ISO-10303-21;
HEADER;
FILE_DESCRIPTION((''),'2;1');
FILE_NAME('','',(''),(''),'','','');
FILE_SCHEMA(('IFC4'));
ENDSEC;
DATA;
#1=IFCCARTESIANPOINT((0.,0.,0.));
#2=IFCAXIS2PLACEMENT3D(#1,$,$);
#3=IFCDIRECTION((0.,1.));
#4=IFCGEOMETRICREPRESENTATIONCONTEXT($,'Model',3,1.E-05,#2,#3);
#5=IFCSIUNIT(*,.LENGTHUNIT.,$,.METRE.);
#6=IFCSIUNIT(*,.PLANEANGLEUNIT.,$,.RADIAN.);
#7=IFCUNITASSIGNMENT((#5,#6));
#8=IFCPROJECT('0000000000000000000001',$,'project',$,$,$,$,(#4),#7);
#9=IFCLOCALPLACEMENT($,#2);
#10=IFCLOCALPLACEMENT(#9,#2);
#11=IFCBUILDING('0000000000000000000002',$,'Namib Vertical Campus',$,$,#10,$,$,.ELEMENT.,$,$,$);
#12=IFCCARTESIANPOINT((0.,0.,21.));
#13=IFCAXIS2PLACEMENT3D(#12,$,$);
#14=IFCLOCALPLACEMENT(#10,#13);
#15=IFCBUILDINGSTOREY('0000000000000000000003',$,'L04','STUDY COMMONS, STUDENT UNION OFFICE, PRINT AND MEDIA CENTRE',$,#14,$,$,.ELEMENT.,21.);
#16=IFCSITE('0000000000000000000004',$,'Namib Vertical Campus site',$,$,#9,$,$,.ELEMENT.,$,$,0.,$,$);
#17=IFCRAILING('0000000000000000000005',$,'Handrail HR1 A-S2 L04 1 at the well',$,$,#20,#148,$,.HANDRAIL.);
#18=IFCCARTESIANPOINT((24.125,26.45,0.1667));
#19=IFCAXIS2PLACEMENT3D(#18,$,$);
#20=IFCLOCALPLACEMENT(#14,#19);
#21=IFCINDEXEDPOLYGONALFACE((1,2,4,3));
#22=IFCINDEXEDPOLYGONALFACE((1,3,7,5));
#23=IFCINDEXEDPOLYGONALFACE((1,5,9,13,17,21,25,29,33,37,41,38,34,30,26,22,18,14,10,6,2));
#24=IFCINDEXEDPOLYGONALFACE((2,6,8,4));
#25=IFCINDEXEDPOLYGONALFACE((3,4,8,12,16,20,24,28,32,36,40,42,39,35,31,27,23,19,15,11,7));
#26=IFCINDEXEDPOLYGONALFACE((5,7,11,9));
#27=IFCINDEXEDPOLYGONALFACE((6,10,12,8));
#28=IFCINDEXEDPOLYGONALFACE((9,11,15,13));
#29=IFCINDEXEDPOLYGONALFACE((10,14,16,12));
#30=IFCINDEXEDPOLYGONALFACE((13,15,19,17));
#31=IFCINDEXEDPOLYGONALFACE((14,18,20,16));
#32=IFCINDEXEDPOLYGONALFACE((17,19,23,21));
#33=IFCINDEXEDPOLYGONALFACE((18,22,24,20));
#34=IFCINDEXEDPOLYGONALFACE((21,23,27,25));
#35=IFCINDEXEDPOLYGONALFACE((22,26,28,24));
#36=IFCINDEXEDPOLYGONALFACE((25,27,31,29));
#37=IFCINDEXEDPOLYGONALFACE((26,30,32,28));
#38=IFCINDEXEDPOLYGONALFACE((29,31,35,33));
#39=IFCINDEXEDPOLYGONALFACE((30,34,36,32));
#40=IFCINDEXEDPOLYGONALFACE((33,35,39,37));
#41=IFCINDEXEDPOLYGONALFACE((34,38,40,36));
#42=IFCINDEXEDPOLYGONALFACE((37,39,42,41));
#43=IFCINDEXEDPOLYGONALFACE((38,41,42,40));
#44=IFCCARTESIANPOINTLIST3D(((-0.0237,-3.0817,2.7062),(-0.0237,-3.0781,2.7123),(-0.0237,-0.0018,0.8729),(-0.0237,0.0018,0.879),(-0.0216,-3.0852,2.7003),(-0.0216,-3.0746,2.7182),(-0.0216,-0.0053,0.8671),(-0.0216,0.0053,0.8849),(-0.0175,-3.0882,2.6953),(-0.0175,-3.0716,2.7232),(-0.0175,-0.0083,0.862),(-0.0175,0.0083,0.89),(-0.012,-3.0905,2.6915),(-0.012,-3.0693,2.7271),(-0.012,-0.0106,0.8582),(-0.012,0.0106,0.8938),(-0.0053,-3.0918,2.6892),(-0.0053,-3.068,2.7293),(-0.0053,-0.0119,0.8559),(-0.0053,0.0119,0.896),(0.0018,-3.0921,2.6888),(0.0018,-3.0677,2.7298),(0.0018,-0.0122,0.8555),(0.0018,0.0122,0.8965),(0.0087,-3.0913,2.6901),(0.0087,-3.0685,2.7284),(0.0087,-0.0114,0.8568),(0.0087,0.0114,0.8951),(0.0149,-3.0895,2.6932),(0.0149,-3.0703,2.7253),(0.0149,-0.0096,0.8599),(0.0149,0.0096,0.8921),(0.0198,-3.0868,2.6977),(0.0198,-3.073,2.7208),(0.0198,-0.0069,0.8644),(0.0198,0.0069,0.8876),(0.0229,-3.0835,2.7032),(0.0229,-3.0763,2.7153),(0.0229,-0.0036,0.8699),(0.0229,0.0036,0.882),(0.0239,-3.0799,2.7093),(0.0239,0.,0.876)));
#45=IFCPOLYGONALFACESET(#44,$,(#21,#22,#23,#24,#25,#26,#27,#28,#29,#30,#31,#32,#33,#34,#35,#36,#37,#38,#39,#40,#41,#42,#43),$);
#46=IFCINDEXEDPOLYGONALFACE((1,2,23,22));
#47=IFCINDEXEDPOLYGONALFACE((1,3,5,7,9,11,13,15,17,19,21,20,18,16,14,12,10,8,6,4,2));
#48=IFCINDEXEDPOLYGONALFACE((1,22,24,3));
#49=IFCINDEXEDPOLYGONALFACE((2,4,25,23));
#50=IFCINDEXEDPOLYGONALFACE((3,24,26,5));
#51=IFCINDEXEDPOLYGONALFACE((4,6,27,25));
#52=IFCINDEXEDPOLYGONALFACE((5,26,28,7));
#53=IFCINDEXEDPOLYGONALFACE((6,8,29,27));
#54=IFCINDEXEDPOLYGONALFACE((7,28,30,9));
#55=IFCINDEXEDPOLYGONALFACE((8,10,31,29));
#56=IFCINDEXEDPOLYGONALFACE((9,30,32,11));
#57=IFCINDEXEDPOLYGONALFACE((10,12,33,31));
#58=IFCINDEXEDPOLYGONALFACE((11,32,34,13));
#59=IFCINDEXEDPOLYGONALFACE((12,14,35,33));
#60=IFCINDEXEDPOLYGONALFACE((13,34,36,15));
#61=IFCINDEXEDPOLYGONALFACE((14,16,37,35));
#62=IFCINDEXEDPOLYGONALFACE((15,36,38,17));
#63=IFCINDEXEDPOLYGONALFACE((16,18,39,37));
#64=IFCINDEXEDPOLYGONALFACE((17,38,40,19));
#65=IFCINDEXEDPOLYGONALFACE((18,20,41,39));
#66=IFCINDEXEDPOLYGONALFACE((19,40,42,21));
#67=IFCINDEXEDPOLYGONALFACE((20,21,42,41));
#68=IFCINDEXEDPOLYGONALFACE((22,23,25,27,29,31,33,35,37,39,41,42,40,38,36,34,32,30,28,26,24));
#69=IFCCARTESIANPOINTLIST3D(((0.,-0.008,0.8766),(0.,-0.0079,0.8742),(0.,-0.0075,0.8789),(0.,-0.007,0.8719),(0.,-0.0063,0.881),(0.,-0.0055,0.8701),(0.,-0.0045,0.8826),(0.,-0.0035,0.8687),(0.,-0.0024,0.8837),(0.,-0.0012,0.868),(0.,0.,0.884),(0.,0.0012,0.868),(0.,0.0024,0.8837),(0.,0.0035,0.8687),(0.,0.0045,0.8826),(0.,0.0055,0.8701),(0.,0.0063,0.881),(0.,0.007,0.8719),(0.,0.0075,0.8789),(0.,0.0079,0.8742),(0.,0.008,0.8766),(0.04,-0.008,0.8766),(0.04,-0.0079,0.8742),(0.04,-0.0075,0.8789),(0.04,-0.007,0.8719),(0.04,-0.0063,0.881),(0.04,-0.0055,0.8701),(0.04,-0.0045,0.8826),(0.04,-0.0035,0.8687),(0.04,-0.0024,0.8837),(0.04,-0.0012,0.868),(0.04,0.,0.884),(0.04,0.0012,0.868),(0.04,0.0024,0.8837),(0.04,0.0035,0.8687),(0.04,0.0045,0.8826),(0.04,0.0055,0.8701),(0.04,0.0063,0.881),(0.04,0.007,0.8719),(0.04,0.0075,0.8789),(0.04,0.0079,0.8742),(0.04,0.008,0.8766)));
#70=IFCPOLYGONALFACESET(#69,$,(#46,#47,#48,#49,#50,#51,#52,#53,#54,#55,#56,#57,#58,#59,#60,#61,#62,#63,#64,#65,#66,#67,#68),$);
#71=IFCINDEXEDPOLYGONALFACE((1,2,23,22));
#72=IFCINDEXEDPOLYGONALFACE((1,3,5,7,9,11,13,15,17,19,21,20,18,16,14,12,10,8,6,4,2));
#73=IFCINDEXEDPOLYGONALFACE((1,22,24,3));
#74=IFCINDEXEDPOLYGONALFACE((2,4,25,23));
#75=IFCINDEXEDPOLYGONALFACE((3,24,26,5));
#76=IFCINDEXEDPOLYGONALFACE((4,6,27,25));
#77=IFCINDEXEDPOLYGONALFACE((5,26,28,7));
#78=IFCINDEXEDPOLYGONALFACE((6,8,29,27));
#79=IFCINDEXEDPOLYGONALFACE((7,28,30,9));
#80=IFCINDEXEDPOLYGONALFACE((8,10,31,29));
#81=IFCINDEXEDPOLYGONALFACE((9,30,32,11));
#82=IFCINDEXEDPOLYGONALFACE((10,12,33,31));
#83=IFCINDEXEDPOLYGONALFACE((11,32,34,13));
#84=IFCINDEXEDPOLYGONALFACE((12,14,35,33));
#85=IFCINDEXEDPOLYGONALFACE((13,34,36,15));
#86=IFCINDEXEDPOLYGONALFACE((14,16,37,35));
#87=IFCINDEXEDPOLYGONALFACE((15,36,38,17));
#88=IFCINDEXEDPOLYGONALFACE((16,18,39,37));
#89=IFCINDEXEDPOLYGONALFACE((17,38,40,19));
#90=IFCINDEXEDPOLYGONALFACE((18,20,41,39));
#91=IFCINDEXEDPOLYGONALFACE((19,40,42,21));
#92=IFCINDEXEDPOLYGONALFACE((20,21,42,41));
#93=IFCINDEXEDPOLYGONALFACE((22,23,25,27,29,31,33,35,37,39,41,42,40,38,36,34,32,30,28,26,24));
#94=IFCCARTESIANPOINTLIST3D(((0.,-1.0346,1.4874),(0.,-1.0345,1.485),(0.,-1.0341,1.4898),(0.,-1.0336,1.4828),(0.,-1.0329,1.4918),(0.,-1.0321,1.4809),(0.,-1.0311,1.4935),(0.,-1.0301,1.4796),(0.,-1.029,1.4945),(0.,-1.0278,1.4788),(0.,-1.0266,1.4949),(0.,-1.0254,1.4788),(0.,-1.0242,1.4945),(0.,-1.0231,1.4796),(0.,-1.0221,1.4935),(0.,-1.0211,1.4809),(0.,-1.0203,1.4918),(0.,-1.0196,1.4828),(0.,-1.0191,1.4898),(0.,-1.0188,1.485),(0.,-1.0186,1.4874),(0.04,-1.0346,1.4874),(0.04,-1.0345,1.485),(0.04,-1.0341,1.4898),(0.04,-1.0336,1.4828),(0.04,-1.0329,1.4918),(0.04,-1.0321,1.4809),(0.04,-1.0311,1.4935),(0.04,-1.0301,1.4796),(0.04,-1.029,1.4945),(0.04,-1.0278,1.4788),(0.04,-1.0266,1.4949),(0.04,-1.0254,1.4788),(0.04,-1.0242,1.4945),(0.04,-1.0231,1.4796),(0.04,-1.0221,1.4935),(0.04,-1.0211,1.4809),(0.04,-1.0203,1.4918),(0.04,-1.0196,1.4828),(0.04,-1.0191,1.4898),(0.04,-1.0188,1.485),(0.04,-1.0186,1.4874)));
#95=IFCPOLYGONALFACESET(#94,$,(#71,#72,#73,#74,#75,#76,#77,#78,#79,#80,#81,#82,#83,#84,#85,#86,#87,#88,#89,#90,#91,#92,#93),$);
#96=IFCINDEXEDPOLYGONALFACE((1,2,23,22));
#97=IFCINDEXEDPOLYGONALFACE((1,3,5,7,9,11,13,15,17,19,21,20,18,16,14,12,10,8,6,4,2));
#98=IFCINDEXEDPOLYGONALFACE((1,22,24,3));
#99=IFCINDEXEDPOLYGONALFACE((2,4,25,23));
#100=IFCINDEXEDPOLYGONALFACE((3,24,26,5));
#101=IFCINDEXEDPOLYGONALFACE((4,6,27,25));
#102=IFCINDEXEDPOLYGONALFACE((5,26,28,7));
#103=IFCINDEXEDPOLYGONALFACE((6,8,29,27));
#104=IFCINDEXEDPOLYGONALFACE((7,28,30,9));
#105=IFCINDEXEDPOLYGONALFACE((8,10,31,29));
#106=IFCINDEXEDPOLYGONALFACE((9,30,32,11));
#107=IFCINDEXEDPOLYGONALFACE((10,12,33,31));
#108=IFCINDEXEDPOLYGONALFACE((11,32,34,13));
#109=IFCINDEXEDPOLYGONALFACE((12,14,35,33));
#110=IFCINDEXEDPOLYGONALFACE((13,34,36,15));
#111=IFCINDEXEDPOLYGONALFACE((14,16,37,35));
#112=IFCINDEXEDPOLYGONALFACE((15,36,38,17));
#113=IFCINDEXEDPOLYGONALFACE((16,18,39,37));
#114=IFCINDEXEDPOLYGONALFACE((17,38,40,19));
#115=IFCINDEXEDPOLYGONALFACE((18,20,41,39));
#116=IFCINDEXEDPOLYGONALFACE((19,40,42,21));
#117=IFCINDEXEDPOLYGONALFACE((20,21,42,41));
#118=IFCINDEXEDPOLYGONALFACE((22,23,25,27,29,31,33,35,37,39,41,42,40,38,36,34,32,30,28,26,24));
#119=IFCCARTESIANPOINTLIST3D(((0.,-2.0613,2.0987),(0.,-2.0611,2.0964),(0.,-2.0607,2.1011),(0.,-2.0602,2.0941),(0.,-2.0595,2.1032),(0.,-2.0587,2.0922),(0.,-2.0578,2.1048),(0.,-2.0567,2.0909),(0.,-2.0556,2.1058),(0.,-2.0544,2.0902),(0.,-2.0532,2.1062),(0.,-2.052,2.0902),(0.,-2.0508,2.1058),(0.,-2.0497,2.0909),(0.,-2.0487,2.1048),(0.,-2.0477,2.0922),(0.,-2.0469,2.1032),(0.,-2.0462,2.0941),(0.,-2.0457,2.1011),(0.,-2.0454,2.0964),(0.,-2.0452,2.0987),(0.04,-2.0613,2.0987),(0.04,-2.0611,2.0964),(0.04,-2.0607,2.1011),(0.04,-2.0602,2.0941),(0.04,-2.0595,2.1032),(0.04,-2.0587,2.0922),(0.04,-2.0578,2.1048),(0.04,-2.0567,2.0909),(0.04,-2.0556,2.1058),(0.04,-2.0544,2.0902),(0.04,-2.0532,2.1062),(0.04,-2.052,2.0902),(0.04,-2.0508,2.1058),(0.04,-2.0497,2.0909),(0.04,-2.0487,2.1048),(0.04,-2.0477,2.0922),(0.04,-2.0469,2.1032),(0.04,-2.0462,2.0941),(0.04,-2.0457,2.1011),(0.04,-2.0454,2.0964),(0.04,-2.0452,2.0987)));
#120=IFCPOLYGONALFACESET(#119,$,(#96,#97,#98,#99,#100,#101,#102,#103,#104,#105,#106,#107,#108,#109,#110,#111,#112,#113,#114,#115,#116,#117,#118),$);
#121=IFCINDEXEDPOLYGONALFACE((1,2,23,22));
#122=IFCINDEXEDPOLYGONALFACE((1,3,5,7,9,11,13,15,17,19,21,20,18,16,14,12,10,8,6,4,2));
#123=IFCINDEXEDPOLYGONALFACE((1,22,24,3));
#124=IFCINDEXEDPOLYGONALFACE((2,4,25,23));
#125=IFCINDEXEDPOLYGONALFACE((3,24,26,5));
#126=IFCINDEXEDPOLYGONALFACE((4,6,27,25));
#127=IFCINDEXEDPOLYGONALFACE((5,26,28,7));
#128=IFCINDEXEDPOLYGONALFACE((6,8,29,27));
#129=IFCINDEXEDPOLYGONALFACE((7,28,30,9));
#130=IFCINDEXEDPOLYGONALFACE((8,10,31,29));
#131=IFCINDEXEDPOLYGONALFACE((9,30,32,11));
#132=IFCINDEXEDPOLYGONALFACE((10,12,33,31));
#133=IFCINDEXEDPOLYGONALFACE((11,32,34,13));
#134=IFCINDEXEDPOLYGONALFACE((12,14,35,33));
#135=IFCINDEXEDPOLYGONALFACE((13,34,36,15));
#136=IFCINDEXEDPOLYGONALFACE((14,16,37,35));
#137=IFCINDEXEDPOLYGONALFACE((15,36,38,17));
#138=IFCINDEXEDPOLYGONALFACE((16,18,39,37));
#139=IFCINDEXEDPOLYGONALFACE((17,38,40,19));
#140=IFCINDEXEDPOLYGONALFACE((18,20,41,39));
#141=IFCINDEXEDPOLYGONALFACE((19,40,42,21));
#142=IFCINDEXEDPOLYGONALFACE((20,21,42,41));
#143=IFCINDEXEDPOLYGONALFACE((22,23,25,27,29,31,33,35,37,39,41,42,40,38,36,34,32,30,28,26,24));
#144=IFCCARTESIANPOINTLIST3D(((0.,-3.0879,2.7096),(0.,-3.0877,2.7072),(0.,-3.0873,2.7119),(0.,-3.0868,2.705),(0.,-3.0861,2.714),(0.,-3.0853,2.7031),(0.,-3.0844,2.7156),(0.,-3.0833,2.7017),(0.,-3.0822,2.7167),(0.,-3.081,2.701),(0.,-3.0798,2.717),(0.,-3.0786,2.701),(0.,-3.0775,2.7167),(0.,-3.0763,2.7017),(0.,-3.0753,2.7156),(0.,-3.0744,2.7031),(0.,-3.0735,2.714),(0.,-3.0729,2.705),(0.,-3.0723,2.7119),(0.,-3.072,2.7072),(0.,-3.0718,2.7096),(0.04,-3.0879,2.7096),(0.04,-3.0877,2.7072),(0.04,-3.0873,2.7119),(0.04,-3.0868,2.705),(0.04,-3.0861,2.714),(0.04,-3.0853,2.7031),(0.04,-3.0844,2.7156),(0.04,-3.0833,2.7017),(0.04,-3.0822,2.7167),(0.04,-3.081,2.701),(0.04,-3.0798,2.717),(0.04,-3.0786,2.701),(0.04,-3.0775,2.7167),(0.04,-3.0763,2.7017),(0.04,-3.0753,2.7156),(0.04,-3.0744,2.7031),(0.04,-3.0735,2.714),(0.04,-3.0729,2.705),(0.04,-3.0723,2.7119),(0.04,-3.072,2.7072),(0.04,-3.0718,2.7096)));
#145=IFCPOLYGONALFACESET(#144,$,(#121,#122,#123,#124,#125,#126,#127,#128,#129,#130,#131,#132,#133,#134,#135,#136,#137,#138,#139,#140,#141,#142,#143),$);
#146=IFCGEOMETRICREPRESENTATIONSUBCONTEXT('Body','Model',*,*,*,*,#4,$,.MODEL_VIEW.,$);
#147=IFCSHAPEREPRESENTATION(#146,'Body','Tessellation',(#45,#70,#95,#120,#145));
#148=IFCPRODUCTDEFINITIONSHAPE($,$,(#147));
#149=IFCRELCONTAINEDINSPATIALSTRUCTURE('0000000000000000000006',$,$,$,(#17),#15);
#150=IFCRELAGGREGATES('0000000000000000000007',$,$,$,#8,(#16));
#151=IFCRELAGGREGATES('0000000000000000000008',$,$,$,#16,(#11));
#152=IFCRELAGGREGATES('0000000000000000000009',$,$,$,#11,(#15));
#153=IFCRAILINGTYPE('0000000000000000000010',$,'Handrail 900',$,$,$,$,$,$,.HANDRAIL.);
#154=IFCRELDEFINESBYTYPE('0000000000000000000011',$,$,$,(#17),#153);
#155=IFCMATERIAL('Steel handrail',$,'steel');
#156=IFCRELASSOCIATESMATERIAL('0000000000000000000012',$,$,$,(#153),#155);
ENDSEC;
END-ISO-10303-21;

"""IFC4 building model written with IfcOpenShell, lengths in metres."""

from ifc_helpers import new_model, si_unit, direction, frame, origin, origin_2d, place, context, subcontext, project, spatial, circle, extrude, material, type_object, element, save


model = new_model("IFC4")

# Units and contexts
model_context = context("Model", 3, precision=1e-05, world=origin(), true_north=direction((0.0, 1.0)))
body_context = subcontext(model_context, "Body", "Model", "MODEL_VIEW")
ifc_project = project(units=[si_unit("LENGTHUNIT", "METRE"), si_unit("PLANEANGLEUNIT", "RADIAN")], contexts=[model_context])

# Site, building, storey
site_placement = place(None, origin())
site = spatial("IfcSite", under=ifc_project, at=site_placement, Name="Namib Vertical Campus site", CompositionType="ELEMENT", RefElevation=0.0)
building_placement = place(site_placement, origin())
building = spatial("IfcBuilding", under=site, at=building_placement, Name="Namib Vertical Campus", CompositionType="ELEMENT")
storey_placement = place(building_placement, frame((0.0, 0.0, 21.0)))
storey = spatial("IfcBuildingStorey", under=building, at=storey_placement, Name="L04", Description="STUDY COMMONS, STUDENT UNION OFFICE, PRINT AND MEDIA CENTRE", CompositionType="ELEMENT", Elevation=21.0)

# Railing
ifc_material_1 = material(Name="Steel handrail", Category="steel")
railing_type_1 = type_object("IfcRailingType", Name="Handrail 900", PredefinedType="HANDRAIL", material=ifc_material_1)
railing_1_placement = place(storey_placement, frame((24.125, 26.45, 0.1667)))
element("IfcRailing", 1, at=railing_1_placement, inside=storey, type_object=railing_type_1, Name="Handrail HR1 A-S2 L04 1 at the well", PredefinedType="HANDRAIL", context=body_context, shape_type="SweptSolid", body=[
    extrude(circle(Radius=0.0239, at=origin_2d()), frame((0.0, 0.0, 0.876), z_axis=(0.0, -0.859291, 0.511487), x_axis=(1.0, 0.0, 0.0)), (0.0, 0.0, 1.0), 3.5842),
    extrude(circle(Radius=0.0081, at=origin_2d()), frame((0.0, 0.0, 0.876), z_axis=(1.0, 0.0, 0.0), x_axis=(0.0, 0.0, 1.0)), (0.0, 0.0, 1.0), 0.04),
    extrude(circle(Radius=0.0081, at=origin_2d()), frame((0.0, -1.0266, 1.4868), z_axis=(1.0, 0.0, 0.0), x_axis=(0.0, 0.0, 1.0)), (0.0, 0.0, 1.0), 0.04),
    extrude(circle(Radius=0.0081, at=origin_2d()), frame((0.0, -2.0532, 2.0981), z_axis=(1.0, 0.0, 0.0), x_axis=(0.0, 0.0, 1.0)), (0.0, 0.0, 1.0), 0.04),
    extrude(circle(Radius=0.0081, at=origin_2d()), frame((0.0, -3.0798, 2.709), z_axis=(1.0, 0.0, 0.0), x_axis=(0.0, 0.0, 1.0)), (0.0, 0.0, 1.0), 0.04),
])

save(model, "model.ifc")
